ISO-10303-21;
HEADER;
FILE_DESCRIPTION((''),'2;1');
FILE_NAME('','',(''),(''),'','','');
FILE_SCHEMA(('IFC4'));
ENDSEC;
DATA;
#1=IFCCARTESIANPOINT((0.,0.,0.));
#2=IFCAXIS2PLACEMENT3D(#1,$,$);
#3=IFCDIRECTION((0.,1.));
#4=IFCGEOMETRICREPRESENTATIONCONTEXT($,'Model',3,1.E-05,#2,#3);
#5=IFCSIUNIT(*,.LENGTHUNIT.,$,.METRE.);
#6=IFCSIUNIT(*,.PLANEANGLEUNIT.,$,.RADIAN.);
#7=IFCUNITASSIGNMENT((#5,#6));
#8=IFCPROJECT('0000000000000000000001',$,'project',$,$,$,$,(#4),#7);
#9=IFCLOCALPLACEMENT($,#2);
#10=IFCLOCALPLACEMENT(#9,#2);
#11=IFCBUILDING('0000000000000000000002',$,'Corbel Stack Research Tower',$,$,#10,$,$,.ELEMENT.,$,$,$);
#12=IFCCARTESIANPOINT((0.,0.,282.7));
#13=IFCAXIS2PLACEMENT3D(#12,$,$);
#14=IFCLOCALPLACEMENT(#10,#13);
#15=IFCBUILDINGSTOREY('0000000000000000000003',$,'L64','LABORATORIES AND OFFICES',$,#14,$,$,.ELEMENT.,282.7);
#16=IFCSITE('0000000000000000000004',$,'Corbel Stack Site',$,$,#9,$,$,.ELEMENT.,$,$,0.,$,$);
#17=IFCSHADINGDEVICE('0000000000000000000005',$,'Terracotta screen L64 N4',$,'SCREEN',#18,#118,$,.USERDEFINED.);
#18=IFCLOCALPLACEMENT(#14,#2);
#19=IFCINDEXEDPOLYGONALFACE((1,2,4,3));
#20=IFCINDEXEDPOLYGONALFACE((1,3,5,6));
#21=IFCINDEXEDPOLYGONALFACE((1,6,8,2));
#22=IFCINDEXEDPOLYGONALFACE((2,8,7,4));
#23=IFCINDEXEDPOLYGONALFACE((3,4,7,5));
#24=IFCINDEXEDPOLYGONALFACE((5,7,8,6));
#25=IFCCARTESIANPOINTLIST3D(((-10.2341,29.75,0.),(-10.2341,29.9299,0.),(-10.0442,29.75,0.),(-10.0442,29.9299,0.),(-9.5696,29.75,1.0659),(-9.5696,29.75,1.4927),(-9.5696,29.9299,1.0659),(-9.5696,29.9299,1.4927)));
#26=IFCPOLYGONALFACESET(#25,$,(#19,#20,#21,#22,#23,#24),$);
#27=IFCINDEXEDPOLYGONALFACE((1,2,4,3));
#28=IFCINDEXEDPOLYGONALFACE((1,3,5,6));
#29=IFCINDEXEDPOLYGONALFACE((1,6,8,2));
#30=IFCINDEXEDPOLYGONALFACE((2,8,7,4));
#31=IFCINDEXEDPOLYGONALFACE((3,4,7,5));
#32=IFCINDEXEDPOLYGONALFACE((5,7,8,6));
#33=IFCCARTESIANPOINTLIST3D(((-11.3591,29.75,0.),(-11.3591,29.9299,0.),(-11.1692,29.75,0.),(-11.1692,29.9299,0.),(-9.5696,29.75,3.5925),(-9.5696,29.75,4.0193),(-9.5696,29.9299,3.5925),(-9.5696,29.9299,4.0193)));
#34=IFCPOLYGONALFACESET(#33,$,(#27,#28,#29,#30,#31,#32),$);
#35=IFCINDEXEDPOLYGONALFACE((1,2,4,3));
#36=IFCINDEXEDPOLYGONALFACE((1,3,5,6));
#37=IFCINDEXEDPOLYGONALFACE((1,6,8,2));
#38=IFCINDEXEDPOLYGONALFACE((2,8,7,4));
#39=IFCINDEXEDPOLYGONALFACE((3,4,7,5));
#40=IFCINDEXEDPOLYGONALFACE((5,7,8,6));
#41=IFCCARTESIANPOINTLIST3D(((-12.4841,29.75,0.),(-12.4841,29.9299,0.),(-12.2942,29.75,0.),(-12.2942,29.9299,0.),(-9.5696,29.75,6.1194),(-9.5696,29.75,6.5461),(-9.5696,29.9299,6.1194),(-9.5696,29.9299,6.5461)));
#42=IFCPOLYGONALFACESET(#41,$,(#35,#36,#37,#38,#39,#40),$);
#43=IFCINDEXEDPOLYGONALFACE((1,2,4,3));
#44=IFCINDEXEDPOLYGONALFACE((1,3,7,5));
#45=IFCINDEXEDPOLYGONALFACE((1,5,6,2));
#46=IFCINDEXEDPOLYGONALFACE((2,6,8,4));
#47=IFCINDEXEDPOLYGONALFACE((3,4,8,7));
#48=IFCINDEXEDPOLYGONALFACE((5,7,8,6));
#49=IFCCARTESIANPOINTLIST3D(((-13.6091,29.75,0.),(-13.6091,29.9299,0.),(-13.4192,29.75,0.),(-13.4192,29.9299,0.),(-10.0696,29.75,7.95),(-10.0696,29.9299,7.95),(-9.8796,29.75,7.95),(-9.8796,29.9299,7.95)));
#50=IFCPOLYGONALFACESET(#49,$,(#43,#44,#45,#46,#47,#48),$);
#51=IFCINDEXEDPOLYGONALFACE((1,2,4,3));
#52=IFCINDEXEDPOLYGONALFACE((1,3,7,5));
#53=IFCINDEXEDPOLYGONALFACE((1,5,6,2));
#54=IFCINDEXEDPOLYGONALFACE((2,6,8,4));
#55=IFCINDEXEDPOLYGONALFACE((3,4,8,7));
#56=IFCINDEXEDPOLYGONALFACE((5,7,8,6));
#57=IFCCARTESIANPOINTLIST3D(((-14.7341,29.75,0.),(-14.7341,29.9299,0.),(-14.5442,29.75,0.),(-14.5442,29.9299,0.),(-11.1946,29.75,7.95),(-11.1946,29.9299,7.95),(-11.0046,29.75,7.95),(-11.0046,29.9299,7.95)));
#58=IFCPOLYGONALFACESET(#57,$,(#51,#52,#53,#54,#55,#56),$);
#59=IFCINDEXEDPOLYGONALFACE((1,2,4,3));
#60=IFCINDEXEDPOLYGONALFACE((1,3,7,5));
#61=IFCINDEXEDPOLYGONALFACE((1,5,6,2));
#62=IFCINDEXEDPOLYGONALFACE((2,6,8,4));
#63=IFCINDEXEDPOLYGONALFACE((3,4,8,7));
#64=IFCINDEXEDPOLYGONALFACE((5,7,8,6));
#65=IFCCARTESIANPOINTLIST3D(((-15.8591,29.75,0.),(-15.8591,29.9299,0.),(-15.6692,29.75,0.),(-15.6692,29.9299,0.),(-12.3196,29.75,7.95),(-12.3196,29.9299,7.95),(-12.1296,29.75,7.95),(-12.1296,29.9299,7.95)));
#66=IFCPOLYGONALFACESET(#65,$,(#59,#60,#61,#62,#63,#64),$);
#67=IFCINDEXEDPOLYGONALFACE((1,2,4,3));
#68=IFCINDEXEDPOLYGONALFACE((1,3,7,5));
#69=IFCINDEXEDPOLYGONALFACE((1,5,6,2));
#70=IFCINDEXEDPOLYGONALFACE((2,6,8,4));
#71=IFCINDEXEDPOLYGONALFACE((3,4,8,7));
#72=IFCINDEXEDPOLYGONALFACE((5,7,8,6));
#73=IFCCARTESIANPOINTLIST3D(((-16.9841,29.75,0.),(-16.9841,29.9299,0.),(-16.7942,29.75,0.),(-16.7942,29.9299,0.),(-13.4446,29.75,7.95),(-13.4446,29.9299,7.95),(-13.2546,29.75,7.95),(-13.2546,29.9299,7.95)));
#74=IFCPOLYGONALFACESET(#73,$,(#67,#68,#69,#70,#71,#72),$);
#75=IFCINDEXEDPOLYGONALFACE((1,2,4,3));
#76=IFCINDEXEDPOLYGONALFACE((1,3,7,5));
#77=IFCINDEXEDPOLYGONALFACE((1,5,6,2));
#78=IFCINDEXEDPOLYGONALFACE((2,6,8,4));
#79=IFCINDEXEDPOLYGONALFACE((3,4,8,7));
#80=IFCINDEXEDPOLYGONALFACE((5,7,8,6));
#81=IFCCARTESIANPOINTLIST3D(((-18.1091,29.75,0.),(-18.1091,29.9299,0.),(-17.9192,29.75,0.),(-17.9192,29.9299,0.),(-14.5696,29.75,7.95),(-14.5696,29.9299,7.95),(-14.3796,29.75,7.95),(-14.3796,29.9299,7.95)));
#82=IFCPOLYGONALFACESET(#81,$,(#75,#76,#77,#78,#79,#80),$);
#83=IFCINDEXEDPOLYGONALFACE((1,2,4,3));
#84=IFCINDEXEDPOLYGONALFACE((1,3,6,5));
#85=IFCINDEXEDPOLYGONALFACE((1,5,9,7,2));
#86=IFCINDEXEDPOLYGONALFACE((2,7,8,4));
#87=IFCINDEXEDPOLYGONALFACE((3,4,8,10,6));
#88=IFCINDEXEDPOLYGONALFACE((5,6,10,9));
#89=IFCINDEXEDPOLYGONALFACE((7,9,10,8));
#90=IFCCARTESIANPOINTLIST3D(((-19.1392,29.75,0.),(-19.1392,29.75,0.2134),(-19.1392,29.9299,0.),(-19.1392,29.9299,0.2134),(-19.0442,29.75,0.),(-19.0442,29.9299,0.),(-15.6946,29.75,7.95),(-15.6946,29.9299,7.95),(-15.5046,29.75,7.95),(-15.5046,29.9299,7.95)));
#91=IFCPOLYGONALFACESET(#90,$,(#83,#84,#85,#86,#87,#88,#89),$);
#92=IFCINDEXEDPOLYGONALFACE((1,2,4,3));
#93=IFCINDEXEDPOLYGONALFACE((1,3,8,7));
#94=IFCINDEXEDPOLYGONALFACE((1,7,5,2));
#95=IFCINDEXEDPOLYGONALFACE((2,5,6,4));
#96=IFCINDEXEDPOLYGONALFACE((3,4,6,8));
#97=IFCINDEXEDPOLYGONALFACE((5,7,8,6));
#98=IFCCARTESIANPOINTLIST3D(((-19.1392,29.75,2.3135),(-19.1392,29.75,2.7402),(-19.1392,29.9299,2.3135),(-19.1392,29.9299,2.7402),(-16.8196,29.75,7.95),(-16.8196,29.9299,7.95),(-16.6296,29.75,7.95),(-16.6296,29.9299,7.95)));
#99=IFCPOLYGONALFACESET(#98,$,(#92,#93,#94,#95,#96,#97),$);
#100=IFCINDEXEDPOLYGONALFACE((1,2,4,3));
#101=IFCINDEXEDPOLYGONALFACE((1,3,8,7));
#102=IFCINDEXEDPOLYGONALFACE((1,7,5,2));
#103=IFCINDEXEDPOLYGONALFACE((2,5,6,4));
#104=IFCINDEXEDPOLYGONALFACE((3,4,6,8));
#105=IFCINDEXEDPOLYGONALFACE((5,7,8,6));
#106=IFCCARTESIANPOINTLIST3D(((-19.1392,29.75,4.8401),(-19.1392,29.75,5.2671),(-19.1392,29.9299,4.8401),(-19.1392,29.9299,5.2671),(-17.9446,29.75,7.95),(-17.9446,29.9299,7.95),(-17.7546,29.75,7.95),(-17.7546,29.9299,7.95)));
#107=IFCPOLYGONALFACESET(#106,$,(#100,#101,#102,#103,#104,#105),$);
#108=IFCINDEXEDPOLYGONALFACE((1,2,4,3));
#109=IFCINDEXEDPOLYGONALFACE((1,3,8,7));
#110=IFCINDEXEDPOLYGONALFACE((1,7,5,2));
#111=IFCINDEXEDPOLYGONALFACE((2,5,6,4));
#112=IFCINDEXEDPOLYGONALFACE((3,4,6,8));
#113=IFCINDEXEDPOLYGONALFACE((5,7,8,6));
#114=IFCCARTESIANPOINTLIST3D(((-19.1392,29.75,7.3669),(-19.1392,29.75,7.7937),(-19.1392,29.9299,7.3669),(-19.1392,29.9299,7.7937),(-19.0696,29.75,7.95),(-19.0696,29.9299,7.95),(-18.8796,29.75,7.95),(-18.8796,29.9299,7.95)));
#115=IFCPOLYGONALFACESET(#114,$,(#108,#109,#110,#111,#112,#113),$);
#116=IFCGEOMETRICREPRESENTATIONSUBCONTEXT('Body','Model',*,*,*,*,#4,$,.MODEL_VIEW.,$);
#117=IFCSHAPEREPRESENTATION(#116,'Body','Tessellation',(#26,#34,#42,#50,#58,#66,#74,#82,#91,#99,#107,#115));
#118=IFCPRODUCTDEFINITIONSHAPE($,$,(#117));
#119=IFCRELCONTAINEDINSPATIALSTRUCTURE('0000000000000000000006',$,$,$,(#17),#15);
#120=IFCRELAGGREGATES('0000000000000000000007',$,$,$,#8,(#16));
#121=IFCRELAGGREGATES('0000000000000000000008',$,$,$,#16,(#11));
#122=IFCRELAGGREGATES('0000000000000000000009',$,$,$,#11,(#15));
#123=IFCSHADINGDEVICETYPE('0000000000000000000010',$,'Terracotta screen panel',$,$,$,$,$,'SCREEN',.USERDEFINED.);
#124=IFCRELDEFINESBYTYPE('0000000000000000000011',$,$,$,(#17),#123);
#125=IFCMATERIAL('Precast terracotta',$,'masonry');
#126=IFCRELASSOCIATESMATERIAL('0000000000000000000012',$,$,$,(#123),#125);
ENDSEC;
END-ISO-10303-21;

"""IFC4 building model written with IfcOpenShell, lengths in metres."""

from ifc_helpers import new_model, si_unit, direction, frame, origin, place, context, subcontext, project, spatial, polyline, outline, extrude, source, transform, mapped, material, type_object, element, save


model = new_model("IFC4")

# Units and contexts
model_context = context("Model", 3, precision=1e-05, world=origin(), true_north=direction((0.0, 1.0)))
body_context = subcontext(model_context, "Body", "Model", "MODEL_VIEW")
ifc_project = project(units=[si_unit("LENGTHUNIT", "METRE"), si_unit("PLANEANGLEUNIT", "RADIAN")], contexts=[model_context])

# Site, building, storey
site_placement = place(None, origin())
site = spatial("IfcSite", under=ifc_project, at=site_placement, Name="Corbel Stack Site", CompositionType="ELEMENT", RefElevation=0.0)
building_placement = place(site_placement, origin())
building = spatial("IfcBuilding", under=site, at=building_placement, Name="Corbel Stack Research Tower", CompositionType="ELEMENT")
storey_placement = place(building_placement, frame((0.0, 0.0, 282.7)))
storey = spatial("IfcBuildingStorey", under=building, at=storey_placement, Name="L64", Description="LABORATORIES AND OFFICES", CompositionType="ELEMENT", Elevation=282.7)

# Shading device
ifc_material_1 = material(Name="Precast terracotta", Category="masonry")
shading_device_type = type_object("IfcShadingDeviceType", Name="Terracotta screen panel", ElementType="SCREEN", PredefinedType="USERDEFINED", material=ifc_material_1)
shared_shape_1 = source(origin(), body_context, "Body", "SweptSolid", [
    extrude(outline(polyline([(0.6646, 0.0), (0.0, 1.4927), (0.0, 1.0659), (0.4746, 0.0), (0.6646, 0.0)])), frame((0.0, 0.0, 0.0), z_axis=(0.0, -1.0, 0.0), x_axis=(1.0, 0.0, 0.0)), (0.0, 0.0, 1.0), 0.1799),
    extrude(outline(polyline([(1.7896, 0.0), (0.0, 4.0193), (0.0, 3.5925), (1.5996, 0.0), (1.7896, 0.0)])), frame((0.0, 0.0, 0.0), z_axis=(0.0, -1.0, 0.0), x_axis=(1.0, 0.0, 0.0)), (0.0, 0.0, 1.0), 0.1799),
    extrude(outline(polyline([(2.9146, 0.0), (0.0, 6.5461), (0.0, 6.1194), (2.7246, 0.0), (2.9146, 0.0)])), frame((0.0, 0.0, 0.0), z_axis=(0.0, -1.0, 0.0), x_axis=(1.0, 0.0, 0.0)), (0.0, 0.0, 1.0), 0.1799),
    extrude(outline(polyline([(4.0396, 0.0), (0.5, 7.95), (0.3101, 7.95), (3.8496, 0.0), (4.0396, 0.0)])), frame((0.0, 0.0, 0.0), z_axis=(0.0, -1.0, 0.0), x_axis=(1.0, 0.0, 0.0)), (0.0, 0.0, 1.0), 0.1799),
    extrude(outline(polyline([(5.1646, 0.0), (1.625, 7.95), (1.4351, 7.95), (4.9746, 0.0), (5.1646, 0.0)])), frame((0.0, 0.0, 0.0), z_axis=(0.0, -1.0, 0.0), x_axis=(1.0, 0.0, 0.0)), (0.0, 0.0, 1.0), 0.1799),
    extrude(outline(polyline([(6.2896, 0.0), (2.75, 7.95), (2.5601, 7.95), (6.0996, 0.0), (6.2896, 0.0)])), frame((0.0, 0.0, 0.0), z_axis=(0.0, -1.0, 0.0), x_axis=(1.0, 0.0, 0.0)), (0.0, 0.0, 1.0), 0.1799),
    extrude(outline(polyline([(7.4146, 0.0), (3.875, 7.95), (3.6851, 7.95), (7.2246, 0.0), (7.4146, 0.0)])), frame((0.0, 0.0, 0.0), z_axis=(0.0, -1.0, 0.0), x_axis=(1.0, 0.0, 0.0)), (0.0, 0.0, 1.0), 0.1799),
    extrude(outline(polyline([(8.5396, 0.0), (5.0, 7.95), (4.8101, 7.95), (8.3496, 0.0), (8.5396, 0.0)])), frame((0.0, 0.0, 0.0), z_axis=(0.0, -1.0, 0.0), x_axis=(1.0, 0.0, 0.0)), (0.0, 0.0, 1.0), 0.1799),
    extrude(outline(polyline([(9.5696, 0.0), (9.5696, 0.2134), (6.125, 7.95), (5.9351, 7.95), (9.4746, 0.0), (9.5696, 0.0)])), frame((0.0, 0.0, 0.0), z_axis=(0.0, -1.0, 0.0), x_axis=(1.0, 0.0, 0.0)), (0.0, 0.0, 1.0), 0.1799),
    extrude(outline(polyline([(7.25, 7.95), (7.0601, 7.95), (9.5696, 2.3135), (9.5696, 2.7402), (7.25, 7.95)])), frame((0.0, 0.0, 0.0), z_axis=(0.0, -1.0, 0.0), x_axis=(1.0, 0.0, 0.0)), (0.0, 0.0, 1.0), 0.1799),
    extrude(outline(polyline([(8.375, 7.95), (8.1851, 7.95), (9.5696, 4.8401), (9.5696, 5.2671), (8.375, 7.95)])), frame((0.0, 0.0, 0.0), z_axis=(0.0, -1.0, 0.0), x_axis=(1.0, 0.0, 0.0)), (0.0, 0.0, 1.0), 0.1799),
    extrude(outline(polyline([(9.5, 7.95), (9.3101, 7.95), (9.5696, 7.3669), (9.5696, 7.7937), (9.5, 7.95)])), frame((0.0, 0.0, 0.0), z_axis=(0.0, -1.0, 0.0), x_axis=(1.0, 0.0, 0.0)), (0.0, 0.0, 1.0), 0.1799),
])
shading_device_1_placement = place(storey_placement, frame((-9.5696, 29.75, 0.0), z_axis=(0.0, 0.0, 1.0), x_axis=(-1.0, 0.0, 0.0)))
element("IfcShadingDevice", 1, at=shading_device_1_placement, inside=storey, type_object=shading_device_type, Name="Terracotta screen L64 N4", ObjectType="SCREEN", PredefinedType="USERDEFINED", context=body_context, shape_type="MappedRepresentation", body=[
    mapped(shared_shape_1, transform((0.0, 0.0, 0.0))),
])

save(model, "model.ifc")
